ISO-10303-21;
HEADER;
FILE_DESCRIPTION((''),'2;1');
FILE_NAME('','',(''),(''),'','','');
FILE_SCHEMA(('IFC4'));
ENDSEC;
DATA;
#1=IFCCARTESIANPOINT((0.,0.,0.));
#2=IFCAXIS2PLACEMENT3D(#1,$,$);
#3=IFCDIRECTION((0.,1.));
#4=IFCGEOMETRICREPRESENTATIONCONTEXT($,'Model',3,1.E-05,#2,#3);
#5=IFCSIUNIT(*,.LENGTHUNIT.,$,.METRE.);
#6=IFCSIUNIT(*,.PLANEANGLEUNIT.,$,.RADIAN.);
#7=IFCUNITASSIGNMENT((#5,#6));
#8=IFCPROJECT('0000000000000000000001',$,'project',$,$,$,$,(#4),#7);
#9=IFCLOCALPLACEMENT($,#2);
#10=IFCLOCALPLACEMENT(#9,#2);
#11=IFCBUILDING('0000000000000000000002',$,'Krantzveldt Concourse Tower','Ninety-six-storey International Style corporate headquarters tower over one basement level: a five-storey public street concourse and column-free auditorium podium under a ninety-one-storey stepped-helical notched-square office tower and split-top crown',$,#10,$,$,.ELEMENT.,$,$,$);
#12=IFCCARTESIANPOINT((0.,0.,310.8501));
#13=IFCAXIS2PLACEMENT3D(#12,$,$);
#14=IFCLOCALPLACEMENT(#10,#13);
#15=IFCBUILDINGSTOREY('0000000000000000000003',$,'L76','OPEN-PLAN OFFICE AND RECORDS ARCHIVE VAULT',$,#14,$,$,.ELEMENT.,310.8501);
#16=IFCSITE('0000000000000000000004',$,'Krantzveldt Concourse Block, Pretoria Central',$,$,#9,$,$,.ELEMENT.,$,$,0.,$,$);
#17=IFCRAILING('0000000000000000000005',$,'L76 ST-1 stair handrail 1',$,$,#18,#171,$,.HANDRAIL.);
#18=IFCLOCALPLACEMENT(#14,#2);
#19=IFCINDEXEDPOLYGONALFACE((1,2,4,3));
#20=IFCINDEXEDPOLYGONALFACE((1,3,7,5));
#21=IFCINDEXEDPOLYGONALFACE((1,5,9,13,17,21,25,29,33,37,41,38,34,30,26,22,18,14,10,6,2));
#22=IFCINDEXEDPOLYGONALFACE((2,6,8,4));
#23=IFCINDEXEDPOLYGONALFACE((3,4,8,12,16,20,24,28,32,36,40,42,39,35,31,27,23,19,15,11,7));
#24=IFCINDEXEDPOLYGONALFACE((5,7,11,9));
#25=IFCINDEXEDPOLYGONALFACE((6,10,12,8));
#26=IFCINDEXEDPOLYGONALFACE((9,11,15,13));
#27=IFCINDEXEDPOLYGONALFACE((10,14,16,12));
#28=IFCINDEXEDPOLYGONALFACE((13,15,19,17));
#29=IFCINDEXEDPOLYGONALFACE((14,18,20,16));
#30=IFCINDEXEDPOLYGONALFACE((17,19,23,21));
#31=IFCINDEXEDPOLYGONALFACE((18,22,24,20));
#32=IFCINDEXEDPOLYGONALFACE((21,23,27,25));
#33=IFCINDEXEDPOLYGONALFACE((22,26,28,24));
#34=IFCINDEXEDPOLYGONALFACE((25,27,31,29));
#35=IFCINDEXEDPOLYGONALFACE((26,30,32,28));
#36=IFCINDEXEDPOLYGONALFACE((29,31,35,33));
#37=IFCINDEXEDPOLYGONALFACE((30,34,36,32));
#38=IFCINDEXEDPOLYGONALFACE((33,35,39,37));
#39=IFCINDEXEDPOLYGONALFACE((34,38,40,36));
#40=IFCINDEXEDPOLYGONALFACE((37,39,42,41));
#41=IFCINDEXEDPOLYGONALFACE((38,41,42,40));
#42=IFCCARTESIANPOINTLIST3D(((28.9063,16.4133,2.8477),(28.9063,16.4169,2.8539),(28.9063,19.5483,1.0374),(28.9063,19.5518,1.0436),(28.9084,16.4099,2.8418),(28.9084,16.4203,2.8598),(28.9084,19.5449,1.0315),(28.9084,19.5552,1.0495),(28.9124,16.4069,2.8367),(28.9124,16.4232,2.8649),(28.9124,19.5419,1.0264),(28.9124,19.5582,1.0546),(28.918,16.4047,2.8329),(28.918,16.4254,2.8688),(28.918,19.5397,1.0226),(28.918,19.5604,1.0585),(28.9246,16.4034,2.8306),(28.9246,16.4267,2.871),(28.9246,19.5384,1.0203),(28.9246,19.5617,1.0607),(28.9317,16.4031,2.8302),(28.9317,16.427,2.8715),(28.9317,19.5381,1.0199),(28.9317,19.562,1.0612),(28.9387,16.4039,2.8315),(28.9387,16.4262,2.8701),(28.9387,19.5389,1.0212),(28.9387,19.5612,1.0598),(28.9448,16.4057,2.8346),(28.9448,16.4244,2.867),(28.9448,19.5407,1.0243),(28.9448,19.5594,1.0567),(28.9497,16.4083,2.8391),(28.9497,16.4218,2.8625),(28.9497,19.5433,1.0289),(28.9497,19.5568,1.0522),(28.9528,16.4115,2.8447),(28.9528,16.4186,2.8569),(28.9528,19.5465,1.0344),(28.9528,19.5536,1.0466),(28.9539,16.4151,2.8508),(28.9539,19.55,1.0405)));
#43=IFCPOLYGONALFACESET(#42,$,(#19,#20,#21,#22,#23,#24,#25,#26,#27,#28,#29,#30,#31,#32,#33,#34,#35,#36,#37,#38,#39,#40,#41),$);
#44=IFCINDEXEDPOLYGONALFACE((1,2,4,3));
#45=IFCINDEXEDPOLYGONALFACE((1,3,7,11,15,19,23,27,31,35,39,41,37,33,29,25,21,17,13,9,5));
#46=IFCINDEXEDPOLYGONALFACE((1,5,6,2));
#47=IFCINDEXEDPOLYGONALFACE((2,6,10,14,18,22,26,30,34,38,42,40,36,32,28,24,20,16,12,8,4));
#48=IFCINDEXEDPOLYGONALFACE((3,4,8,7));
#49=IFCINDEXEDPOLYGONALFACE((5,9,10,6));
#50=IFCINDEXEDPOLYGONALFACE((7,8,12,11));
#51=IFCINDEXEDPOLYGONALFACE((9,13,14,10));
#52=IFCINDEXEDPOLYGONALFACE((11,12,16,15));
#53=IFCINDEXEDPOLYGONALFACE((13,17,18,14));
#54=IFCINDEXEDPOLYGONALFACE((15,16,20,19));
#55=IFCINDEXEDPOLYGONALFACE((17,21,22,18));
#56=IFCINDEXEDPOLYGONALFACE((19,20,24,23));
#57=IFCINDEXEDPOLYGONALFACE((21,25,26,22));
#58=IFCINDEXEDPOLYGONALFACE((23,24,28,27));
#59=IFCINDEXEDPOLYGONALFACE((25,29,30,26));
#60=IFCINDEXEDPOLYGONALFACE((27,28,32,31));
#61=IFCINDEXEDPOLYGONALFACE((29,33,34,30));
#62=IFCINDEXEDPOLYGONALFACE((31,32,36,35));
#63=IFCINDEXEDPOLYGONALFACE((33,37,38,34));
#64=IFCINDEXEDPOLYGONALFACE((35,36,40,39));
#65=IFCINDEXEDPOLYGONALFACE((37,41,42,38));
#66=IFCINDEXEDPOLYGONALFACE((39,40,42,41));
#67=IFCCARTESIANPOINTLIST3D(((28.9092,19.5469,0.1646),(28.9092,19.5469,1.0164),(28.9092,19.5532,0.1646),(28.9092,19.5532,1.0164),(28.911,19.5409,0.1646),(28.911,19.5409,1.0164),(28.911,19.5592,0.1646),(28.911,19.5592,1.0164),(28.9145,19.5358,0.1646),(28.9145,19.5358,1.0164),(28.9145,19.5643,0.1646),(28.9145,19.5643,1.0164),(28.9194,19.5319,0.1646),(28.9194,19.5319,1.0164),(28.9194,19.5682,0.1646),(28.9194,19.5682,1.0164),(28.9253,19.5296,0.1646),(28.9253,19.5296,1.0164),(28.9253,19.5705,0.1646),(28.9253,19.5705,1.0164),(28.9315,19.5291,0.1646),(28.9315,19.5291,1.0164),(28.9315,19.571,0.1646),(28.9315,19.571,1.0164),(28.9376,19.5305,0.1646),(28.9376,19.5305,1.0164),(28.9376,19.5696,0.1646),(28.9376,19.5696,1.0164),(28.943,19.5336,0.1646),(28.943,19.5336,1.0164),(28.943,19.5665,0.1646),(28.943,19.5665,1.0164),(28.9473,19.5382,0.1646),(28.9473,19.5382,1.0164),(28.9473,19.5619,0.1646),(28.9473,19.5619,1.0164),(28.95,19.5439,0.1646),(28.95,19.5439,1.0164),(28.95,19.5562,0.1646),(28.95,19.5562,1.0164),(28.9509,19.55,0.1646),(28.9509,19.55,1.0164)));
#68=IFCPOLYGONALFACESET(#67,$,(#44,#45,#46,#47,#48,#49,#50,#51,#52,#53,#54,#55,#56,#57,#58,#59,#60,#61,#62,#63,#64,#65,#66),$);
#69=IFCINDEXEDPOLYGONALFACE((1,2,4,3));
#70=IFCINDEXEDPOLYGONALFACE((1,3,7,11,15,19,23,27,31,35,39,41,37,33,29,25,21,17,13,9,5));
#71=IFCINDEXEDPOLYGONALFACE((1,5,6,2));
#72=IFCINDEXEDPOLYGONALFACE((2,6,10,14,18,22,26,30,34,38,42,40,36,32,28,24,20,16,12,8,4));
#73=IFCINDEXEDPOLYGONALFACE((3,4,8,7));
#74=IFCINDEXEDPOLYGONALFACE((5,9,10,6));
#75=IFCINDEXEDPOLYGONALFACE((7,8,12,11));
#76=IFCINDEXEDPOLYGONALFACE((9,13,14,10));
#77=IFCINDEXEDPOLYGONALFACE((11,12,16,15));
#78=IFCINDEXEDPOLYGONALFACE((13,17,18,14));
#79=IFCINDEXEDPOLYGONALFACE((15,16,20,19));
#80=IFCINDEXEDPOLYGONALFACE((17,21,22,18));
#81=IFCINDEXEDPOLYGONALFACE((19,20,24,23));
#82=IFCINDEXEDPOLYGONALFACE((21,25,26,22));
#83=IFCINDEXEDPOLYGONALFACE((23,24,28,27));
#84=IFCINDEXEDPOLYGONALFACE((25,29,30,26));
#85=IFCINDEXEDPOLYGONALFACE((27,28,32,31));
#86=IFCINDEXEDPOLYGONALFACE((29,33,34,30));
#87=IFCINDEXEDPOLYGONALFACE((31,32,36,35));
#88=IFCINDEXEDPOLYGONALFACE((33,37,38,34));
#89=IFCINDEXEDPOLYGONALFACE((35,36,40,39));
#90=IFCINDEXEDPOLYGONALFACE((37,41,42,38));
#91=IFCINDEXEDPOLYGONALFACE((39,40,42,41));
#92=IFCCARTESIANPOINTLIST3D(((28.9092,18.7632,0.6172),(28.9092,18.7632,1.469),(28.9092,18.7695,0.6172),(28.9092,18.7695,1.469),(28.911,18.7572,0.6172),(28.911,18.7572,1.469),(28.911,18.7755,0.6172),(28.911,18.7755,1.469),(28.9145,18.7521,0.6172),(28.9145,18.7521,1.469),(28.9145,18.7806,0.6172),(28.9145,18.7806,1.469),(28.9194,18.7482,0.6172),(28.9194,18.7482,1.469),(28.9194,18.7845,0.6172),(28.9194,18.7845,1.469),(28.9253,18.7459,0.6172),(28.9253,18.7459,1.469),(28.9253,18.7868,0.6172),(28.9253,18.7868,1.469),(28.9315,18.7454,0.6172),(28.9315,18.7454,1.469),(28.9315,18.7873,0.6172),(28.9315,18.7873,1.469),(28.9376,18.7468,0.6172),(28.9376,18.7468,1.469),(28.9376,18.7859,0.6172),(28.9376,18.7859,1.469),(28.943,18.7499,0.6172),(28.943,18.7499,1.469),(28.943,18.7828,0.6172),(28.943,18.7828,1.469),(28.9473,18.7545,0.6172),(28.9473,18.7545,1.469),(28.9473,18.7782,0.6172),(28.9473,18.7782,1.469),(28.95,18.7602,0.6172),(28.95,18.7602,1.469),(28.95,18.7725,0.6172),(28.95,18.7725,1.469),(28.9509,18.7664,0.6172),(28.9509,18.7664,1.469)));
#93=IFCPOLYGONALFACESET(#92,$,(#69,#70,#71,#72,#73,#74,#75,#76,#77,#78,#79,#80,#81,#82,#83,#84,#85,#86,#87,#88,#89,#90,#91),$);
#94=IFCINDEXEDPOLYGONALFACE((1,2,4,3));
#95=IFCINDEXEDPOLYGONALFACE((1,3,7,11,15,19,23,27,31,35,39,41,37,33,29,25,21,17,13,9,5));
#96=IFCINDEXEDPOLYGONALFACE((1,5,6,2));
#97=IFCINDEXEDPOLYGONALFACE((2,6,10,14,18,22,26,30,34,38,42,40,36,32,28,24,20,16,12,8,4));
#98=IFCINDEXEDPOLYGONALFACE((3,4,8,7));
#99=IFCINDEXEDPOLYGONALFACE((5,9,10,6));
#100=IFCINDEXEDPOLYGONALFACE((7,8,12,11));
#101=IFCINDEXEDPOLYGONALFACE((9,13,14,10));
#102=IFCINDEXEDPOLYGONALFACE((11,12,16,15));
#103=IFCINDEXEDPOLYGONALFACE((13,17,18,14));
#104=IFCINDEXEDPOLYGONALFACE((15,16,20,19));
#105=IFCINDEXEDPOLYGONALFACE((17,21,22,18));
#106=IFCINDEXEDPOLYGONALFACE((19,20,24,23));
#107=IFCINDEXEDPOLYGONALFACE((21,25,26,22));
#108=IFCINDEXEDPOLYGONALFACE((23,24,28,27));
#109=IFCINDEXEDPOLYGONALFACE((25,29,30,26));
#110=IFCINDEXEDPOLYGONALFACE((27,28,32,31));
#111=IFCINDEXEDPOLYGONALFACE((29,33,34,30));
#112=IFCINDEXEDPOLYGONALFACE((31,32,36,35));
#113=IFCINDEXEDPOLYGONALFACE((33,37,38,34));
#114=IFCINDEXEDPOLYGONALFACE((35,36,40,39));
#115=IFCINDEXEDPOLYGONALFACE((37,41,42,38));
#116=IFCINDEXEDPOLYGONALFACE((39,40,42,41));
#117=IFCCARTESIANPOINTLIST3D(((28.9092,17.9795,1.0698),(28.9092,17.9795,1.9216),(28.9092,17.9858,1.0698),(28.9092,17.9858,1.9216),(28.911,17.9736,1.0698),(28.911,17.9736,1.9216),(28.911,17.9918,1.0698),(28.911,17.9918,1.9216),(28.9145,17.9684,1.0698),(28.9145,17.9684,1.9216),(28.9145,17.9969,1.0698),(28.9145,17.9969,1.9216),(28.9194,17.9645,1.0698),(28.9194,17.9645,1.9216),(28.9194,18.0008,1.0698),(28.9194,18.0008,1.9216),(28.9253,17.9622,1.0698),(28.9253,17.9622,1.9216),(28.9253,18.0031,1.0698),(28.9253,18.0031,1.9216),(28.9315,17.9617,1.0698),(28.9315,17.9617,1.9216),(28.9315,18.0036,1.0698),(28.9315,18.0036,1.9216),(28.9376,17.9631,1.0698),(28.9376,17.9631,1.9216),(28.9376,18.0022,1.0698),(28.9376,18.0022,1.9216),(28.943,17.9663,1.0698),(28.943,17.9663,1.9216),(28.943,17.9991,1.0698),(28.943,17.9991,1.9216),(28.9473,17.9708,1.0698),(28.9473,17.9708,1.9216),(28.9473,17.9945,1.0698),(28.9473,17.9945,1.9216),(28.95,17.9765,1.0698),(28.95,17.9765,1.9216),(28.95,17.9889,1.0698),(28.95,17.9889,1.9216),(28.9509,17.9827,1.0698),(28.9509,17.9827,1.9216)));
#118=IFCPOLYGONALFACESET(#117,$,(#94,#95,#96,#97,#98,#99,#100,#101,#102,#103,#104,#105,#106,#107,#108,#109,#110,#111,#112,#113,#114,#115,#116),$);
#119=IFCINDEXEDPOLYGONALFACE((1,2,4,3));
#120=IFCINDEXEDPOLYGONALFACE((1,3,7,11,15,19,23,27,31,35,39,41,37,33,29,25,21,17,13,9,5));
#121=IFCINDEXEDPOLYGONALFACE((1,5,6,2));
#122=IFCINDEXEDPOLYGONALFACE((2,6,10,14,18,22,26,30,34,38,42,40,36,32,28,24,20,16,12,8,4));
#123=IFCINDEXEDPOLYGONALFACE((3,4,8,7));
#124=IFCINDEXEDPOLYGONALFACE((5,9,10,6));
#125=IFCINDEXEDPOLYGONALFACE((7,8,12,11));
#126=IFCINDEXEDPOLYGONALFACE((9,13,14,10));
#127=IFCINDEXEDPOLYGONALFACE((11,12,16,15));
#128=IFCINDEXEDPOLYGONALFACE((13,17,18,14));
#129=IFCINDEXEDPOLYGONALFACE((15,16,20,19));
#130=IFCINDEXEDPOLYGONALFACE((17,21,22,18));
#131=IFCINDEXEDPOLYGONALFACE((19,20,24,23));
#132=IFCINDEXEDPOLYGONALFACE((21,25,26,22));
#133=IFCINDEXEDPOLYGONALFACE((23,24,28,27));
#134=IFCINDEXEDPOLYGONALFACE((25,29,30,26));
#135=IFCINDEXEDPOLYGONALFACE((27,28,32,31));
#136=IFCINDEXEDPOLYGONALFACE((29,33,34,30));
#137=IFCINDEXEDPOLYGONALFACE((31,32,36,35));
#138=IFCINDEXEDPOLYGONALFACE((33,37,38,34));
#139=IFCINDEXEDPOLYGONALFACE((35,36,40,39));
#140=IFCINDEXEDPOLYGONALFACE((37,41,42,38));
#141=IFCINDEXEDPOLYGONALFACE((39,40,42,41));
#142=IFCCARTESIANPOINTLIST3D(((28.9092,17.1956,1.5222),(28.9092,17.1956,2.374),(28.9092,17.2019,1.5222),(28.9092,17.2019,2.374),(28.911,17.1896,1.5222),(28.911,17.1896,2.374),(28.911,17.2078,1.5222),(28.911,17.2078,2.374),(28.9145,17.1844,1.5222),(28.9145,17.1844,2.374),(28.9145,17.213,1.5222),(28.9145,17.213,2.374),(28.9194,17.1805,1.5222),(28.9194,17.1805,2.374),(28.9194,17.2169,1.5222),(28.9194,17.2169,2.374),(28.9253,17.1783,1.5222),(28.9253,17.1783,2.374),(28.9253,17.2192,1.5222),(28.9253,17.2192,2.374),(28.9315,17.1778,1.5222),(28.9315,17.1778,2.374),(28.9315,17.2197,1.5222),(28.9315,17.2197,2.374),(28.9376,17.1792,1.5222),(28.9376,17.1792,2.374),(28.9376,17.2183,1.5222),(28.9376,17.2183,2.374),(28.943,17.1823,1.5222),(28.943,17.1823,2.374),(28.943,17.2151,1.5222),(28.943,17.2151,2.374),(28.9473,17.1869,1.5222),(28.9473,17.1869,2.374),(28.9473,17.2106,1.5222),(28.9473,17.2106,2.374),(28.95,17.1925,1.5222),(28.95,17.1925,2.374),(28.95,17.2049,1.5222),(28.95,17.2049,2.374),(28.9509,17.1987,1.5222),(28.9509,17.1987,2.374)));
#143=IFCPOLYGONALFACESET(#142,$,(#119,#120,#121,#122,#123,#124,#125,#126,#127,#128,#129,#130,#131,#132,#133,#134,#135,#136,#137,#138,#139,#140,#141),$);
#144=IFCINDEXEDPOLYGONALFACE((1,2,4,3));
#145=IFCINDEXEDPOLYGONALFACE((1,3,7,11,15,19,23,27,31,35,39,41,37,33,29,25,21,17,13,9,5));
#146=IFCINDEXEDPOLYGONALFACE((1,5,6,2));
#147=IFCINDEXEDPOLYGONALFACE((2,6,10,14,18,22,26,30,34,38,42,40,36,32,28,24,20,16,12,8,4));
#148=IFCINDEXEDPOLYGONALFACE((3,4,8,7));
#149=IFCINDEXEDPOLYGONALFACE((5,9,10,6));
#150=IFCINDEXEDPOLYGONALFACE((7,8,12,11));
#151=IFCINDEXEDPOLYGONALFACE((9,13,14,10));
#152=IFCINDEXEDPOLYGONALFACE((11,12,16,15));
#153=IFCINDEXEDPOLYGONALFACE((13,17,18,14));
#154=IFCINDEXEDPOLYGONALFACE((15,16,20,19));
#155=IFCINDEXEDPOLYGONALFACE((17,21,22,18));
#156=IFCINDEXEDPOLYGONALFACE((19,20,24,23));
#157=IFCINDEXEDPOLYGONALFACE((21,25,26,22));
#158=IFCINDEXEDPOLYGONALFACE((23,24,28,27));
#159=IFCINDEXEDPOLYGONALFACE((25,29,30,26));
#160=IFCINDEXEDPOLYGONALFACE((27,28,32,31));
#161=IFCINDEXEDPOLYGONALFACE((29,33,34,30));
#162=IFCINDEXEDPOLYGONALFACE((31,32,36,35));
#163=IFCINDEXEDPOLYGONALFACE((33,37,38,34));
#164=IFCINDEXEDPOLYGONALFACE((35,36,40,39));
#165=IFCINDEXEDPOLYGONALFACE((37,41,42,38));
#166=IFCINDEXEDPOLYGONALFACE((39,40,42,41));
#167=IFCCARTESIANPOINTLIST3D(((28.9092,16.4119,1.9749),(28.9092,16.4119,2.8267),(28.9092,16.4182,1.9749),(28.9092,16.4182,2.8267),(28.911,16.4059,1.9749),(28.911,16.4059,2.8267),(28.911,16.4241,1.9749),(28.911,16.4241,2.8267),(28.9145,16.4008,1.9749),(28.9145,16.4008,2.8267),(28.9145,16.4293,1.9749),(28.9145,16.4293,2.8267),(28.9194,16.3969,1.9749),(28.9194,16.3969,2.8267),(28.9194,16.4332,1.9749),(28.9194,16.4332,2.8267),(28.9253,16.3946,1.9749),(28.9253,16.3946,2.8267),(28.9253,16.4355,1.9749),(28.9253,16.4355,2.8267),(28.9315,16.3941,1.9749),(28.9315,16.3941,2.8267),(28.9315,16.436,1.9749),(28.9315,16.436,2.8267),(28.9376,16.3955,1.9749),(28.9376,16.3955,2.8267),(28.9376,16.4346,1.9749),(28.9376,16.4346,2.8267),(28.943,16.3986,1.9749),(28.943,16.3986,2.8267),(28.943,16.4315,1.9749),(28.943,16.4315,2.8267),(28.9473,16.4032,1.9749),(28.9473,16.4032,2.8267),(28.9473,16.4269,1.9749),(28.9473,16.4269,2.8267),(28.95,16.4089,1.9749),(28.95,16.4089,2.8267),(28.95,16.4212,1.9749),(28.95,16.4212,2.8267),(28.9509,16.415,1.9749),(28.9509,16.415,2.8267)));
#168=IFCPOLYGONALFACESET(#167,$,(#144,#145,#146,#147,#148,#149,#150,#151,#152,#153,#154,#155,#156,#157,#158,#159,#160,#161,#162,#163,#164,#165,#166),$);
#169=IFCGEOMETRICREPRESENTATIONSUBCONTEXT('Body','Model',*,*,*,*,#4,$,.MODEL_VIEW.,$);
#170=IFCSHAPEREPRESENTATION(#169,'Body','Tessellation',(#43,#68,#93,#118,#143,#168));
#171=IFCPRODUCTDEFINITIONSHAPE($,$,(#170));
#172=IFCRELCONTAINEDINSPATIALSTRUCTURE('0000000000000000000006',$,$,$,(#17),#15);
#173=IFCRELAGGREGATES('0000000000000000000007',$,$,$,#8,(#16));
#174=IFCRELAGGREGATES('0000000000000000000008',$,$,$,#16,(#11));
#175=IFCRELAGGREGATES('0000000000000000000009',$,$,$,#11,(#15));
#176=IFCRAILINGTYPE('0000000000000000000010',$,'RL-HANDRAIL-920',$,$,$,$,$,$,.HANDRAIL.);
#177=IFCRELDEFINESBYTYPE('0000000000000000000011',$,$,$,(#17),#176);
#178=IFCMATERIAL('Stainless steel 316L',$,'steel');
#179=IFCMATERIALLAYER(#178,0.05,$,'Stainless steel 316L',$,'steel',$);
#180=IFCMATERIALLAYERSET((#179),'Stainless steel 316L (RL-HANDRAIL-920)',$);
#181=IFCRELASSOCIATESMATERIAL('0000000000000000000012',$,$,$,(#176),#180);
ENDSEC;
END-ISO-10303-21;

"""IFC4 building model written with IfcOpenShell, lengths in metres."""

from ifc_helpers import new_model, si_unit, direction, frame, origin, origin_2d, place, context, subcontext, project, spatial, circle, extrude, material, layer, layer_set, type_object, element, save


model = new_model("IFC4")

# Units and contexts
model_context = context("Model", 3, precision=1e-05, world=origin(), true_north=direction((0.0, 1.0)))
body_context = subcontext(model_context, "Body", "Model", "MODEL_VIEW")
ifc_project = project(units=[si_unit("LENGTHUNIT", "METRE"), si_unit("PLANEANGLEUNIT", "RADIAN")], contexts=[model_context])

# Site, building, storey
site_placement = place(None, origin())
site = spatial("IfcSite", under=ifc_project, at=site_placement, Name="Krantzveldt Concourse Block, Pretoria Central", CompositionType="ELEMENT", RefElevation=0.0)
building_placement = place(site_placement, origin())
building = spatial("IfcBuilding", under=site, at=building_placement, Name="Krantzveldt Concourse Tower", Description="Ninety-six-storey International Style corporate headquarters tower over one basement level: a five-storey public street concourse and column-free auditorium podium under a ninety-one-storey stepped-helical notched-square office tower and split-top crown", CompositionType="ELEMENT")
storey_placement = place(building_placement, frame((0.0, 0.0, 310.8501)))
storey = spatial("IfcBuildingStorey", under=building, at=storey_placement, Name="L76", Description="OPEN-PLAN OFFICE AND RECORDS ARCHIVE VAULT", CompositionType="ELEMENT", Elevation=310.8501)

# Shared definitions
ifc_material_1 = material(Name="Stainless steel 316L", Category="steel")

# Railing
ifc_layer_1 = layer(ifc_material_1, 0.05, Name="Stainless steel 316L", Category="steel")
ifc_layer_set_1 = layer_set([ifc_layer_1], Name="Stainless steel 316L (RL-HANDRAIL-920)")
railing_type_1 = type_object("IfcRailingType", Name="RL-HANDRAIL-920", PredefinedType="HANDRAIL", material=ifc_layer_set_1)
railing_1_placement = place(storey_placement, frame((28.9299, 19.55, 0.1646)))
element("IfcRailing", 1, at=railing_1_placement, inside=storey, type_object=railing_type_1, Name="L76 ST-1 stair handrail 1", PredefinedType="HANDRAIL", context=body_context, shape_type="SweptSolid", body=[
    extrude(circle(Radius=0.0239, at=origin_2d()), frame((0.0, 0.0, 0.876), z_axis=(0.0, -0.865989, 0.500063), x_axis=(1.0, 0.0, 0.0)), (0.0, 0.0, 1.0), 3.6201),
    extrude(circle(Radius=0.021, at=origin_2d()), origin(), (0.0, 0.0, 1.0), 0.8518),
    extrude(circle(Radius=0.021, at=origin_2d()), frame((0.0, -0.7837, 0.4526)), (0.0, 0.0, 1.0), 0.8518),
    extrude(circle(Radius=0.021, at=origin_2d()), frame((0.0, -1.5674, 0.9053)), (0.0, 0.0, 1.0), 0.8518),
    extrude(circle(Radius=0.021, at=origin_2d()), frame((0.0, -2.3513, 1.3577)), (0.0, 0.0, 1.0), 0.8518),
    extrude(circle(Radius=0.021, at=origin_2d()), frame((0.0, -3.135, 1.8103)), (0.0, 0.0, 1.0), 0.8518),
])

save(model, "model.ifc")
